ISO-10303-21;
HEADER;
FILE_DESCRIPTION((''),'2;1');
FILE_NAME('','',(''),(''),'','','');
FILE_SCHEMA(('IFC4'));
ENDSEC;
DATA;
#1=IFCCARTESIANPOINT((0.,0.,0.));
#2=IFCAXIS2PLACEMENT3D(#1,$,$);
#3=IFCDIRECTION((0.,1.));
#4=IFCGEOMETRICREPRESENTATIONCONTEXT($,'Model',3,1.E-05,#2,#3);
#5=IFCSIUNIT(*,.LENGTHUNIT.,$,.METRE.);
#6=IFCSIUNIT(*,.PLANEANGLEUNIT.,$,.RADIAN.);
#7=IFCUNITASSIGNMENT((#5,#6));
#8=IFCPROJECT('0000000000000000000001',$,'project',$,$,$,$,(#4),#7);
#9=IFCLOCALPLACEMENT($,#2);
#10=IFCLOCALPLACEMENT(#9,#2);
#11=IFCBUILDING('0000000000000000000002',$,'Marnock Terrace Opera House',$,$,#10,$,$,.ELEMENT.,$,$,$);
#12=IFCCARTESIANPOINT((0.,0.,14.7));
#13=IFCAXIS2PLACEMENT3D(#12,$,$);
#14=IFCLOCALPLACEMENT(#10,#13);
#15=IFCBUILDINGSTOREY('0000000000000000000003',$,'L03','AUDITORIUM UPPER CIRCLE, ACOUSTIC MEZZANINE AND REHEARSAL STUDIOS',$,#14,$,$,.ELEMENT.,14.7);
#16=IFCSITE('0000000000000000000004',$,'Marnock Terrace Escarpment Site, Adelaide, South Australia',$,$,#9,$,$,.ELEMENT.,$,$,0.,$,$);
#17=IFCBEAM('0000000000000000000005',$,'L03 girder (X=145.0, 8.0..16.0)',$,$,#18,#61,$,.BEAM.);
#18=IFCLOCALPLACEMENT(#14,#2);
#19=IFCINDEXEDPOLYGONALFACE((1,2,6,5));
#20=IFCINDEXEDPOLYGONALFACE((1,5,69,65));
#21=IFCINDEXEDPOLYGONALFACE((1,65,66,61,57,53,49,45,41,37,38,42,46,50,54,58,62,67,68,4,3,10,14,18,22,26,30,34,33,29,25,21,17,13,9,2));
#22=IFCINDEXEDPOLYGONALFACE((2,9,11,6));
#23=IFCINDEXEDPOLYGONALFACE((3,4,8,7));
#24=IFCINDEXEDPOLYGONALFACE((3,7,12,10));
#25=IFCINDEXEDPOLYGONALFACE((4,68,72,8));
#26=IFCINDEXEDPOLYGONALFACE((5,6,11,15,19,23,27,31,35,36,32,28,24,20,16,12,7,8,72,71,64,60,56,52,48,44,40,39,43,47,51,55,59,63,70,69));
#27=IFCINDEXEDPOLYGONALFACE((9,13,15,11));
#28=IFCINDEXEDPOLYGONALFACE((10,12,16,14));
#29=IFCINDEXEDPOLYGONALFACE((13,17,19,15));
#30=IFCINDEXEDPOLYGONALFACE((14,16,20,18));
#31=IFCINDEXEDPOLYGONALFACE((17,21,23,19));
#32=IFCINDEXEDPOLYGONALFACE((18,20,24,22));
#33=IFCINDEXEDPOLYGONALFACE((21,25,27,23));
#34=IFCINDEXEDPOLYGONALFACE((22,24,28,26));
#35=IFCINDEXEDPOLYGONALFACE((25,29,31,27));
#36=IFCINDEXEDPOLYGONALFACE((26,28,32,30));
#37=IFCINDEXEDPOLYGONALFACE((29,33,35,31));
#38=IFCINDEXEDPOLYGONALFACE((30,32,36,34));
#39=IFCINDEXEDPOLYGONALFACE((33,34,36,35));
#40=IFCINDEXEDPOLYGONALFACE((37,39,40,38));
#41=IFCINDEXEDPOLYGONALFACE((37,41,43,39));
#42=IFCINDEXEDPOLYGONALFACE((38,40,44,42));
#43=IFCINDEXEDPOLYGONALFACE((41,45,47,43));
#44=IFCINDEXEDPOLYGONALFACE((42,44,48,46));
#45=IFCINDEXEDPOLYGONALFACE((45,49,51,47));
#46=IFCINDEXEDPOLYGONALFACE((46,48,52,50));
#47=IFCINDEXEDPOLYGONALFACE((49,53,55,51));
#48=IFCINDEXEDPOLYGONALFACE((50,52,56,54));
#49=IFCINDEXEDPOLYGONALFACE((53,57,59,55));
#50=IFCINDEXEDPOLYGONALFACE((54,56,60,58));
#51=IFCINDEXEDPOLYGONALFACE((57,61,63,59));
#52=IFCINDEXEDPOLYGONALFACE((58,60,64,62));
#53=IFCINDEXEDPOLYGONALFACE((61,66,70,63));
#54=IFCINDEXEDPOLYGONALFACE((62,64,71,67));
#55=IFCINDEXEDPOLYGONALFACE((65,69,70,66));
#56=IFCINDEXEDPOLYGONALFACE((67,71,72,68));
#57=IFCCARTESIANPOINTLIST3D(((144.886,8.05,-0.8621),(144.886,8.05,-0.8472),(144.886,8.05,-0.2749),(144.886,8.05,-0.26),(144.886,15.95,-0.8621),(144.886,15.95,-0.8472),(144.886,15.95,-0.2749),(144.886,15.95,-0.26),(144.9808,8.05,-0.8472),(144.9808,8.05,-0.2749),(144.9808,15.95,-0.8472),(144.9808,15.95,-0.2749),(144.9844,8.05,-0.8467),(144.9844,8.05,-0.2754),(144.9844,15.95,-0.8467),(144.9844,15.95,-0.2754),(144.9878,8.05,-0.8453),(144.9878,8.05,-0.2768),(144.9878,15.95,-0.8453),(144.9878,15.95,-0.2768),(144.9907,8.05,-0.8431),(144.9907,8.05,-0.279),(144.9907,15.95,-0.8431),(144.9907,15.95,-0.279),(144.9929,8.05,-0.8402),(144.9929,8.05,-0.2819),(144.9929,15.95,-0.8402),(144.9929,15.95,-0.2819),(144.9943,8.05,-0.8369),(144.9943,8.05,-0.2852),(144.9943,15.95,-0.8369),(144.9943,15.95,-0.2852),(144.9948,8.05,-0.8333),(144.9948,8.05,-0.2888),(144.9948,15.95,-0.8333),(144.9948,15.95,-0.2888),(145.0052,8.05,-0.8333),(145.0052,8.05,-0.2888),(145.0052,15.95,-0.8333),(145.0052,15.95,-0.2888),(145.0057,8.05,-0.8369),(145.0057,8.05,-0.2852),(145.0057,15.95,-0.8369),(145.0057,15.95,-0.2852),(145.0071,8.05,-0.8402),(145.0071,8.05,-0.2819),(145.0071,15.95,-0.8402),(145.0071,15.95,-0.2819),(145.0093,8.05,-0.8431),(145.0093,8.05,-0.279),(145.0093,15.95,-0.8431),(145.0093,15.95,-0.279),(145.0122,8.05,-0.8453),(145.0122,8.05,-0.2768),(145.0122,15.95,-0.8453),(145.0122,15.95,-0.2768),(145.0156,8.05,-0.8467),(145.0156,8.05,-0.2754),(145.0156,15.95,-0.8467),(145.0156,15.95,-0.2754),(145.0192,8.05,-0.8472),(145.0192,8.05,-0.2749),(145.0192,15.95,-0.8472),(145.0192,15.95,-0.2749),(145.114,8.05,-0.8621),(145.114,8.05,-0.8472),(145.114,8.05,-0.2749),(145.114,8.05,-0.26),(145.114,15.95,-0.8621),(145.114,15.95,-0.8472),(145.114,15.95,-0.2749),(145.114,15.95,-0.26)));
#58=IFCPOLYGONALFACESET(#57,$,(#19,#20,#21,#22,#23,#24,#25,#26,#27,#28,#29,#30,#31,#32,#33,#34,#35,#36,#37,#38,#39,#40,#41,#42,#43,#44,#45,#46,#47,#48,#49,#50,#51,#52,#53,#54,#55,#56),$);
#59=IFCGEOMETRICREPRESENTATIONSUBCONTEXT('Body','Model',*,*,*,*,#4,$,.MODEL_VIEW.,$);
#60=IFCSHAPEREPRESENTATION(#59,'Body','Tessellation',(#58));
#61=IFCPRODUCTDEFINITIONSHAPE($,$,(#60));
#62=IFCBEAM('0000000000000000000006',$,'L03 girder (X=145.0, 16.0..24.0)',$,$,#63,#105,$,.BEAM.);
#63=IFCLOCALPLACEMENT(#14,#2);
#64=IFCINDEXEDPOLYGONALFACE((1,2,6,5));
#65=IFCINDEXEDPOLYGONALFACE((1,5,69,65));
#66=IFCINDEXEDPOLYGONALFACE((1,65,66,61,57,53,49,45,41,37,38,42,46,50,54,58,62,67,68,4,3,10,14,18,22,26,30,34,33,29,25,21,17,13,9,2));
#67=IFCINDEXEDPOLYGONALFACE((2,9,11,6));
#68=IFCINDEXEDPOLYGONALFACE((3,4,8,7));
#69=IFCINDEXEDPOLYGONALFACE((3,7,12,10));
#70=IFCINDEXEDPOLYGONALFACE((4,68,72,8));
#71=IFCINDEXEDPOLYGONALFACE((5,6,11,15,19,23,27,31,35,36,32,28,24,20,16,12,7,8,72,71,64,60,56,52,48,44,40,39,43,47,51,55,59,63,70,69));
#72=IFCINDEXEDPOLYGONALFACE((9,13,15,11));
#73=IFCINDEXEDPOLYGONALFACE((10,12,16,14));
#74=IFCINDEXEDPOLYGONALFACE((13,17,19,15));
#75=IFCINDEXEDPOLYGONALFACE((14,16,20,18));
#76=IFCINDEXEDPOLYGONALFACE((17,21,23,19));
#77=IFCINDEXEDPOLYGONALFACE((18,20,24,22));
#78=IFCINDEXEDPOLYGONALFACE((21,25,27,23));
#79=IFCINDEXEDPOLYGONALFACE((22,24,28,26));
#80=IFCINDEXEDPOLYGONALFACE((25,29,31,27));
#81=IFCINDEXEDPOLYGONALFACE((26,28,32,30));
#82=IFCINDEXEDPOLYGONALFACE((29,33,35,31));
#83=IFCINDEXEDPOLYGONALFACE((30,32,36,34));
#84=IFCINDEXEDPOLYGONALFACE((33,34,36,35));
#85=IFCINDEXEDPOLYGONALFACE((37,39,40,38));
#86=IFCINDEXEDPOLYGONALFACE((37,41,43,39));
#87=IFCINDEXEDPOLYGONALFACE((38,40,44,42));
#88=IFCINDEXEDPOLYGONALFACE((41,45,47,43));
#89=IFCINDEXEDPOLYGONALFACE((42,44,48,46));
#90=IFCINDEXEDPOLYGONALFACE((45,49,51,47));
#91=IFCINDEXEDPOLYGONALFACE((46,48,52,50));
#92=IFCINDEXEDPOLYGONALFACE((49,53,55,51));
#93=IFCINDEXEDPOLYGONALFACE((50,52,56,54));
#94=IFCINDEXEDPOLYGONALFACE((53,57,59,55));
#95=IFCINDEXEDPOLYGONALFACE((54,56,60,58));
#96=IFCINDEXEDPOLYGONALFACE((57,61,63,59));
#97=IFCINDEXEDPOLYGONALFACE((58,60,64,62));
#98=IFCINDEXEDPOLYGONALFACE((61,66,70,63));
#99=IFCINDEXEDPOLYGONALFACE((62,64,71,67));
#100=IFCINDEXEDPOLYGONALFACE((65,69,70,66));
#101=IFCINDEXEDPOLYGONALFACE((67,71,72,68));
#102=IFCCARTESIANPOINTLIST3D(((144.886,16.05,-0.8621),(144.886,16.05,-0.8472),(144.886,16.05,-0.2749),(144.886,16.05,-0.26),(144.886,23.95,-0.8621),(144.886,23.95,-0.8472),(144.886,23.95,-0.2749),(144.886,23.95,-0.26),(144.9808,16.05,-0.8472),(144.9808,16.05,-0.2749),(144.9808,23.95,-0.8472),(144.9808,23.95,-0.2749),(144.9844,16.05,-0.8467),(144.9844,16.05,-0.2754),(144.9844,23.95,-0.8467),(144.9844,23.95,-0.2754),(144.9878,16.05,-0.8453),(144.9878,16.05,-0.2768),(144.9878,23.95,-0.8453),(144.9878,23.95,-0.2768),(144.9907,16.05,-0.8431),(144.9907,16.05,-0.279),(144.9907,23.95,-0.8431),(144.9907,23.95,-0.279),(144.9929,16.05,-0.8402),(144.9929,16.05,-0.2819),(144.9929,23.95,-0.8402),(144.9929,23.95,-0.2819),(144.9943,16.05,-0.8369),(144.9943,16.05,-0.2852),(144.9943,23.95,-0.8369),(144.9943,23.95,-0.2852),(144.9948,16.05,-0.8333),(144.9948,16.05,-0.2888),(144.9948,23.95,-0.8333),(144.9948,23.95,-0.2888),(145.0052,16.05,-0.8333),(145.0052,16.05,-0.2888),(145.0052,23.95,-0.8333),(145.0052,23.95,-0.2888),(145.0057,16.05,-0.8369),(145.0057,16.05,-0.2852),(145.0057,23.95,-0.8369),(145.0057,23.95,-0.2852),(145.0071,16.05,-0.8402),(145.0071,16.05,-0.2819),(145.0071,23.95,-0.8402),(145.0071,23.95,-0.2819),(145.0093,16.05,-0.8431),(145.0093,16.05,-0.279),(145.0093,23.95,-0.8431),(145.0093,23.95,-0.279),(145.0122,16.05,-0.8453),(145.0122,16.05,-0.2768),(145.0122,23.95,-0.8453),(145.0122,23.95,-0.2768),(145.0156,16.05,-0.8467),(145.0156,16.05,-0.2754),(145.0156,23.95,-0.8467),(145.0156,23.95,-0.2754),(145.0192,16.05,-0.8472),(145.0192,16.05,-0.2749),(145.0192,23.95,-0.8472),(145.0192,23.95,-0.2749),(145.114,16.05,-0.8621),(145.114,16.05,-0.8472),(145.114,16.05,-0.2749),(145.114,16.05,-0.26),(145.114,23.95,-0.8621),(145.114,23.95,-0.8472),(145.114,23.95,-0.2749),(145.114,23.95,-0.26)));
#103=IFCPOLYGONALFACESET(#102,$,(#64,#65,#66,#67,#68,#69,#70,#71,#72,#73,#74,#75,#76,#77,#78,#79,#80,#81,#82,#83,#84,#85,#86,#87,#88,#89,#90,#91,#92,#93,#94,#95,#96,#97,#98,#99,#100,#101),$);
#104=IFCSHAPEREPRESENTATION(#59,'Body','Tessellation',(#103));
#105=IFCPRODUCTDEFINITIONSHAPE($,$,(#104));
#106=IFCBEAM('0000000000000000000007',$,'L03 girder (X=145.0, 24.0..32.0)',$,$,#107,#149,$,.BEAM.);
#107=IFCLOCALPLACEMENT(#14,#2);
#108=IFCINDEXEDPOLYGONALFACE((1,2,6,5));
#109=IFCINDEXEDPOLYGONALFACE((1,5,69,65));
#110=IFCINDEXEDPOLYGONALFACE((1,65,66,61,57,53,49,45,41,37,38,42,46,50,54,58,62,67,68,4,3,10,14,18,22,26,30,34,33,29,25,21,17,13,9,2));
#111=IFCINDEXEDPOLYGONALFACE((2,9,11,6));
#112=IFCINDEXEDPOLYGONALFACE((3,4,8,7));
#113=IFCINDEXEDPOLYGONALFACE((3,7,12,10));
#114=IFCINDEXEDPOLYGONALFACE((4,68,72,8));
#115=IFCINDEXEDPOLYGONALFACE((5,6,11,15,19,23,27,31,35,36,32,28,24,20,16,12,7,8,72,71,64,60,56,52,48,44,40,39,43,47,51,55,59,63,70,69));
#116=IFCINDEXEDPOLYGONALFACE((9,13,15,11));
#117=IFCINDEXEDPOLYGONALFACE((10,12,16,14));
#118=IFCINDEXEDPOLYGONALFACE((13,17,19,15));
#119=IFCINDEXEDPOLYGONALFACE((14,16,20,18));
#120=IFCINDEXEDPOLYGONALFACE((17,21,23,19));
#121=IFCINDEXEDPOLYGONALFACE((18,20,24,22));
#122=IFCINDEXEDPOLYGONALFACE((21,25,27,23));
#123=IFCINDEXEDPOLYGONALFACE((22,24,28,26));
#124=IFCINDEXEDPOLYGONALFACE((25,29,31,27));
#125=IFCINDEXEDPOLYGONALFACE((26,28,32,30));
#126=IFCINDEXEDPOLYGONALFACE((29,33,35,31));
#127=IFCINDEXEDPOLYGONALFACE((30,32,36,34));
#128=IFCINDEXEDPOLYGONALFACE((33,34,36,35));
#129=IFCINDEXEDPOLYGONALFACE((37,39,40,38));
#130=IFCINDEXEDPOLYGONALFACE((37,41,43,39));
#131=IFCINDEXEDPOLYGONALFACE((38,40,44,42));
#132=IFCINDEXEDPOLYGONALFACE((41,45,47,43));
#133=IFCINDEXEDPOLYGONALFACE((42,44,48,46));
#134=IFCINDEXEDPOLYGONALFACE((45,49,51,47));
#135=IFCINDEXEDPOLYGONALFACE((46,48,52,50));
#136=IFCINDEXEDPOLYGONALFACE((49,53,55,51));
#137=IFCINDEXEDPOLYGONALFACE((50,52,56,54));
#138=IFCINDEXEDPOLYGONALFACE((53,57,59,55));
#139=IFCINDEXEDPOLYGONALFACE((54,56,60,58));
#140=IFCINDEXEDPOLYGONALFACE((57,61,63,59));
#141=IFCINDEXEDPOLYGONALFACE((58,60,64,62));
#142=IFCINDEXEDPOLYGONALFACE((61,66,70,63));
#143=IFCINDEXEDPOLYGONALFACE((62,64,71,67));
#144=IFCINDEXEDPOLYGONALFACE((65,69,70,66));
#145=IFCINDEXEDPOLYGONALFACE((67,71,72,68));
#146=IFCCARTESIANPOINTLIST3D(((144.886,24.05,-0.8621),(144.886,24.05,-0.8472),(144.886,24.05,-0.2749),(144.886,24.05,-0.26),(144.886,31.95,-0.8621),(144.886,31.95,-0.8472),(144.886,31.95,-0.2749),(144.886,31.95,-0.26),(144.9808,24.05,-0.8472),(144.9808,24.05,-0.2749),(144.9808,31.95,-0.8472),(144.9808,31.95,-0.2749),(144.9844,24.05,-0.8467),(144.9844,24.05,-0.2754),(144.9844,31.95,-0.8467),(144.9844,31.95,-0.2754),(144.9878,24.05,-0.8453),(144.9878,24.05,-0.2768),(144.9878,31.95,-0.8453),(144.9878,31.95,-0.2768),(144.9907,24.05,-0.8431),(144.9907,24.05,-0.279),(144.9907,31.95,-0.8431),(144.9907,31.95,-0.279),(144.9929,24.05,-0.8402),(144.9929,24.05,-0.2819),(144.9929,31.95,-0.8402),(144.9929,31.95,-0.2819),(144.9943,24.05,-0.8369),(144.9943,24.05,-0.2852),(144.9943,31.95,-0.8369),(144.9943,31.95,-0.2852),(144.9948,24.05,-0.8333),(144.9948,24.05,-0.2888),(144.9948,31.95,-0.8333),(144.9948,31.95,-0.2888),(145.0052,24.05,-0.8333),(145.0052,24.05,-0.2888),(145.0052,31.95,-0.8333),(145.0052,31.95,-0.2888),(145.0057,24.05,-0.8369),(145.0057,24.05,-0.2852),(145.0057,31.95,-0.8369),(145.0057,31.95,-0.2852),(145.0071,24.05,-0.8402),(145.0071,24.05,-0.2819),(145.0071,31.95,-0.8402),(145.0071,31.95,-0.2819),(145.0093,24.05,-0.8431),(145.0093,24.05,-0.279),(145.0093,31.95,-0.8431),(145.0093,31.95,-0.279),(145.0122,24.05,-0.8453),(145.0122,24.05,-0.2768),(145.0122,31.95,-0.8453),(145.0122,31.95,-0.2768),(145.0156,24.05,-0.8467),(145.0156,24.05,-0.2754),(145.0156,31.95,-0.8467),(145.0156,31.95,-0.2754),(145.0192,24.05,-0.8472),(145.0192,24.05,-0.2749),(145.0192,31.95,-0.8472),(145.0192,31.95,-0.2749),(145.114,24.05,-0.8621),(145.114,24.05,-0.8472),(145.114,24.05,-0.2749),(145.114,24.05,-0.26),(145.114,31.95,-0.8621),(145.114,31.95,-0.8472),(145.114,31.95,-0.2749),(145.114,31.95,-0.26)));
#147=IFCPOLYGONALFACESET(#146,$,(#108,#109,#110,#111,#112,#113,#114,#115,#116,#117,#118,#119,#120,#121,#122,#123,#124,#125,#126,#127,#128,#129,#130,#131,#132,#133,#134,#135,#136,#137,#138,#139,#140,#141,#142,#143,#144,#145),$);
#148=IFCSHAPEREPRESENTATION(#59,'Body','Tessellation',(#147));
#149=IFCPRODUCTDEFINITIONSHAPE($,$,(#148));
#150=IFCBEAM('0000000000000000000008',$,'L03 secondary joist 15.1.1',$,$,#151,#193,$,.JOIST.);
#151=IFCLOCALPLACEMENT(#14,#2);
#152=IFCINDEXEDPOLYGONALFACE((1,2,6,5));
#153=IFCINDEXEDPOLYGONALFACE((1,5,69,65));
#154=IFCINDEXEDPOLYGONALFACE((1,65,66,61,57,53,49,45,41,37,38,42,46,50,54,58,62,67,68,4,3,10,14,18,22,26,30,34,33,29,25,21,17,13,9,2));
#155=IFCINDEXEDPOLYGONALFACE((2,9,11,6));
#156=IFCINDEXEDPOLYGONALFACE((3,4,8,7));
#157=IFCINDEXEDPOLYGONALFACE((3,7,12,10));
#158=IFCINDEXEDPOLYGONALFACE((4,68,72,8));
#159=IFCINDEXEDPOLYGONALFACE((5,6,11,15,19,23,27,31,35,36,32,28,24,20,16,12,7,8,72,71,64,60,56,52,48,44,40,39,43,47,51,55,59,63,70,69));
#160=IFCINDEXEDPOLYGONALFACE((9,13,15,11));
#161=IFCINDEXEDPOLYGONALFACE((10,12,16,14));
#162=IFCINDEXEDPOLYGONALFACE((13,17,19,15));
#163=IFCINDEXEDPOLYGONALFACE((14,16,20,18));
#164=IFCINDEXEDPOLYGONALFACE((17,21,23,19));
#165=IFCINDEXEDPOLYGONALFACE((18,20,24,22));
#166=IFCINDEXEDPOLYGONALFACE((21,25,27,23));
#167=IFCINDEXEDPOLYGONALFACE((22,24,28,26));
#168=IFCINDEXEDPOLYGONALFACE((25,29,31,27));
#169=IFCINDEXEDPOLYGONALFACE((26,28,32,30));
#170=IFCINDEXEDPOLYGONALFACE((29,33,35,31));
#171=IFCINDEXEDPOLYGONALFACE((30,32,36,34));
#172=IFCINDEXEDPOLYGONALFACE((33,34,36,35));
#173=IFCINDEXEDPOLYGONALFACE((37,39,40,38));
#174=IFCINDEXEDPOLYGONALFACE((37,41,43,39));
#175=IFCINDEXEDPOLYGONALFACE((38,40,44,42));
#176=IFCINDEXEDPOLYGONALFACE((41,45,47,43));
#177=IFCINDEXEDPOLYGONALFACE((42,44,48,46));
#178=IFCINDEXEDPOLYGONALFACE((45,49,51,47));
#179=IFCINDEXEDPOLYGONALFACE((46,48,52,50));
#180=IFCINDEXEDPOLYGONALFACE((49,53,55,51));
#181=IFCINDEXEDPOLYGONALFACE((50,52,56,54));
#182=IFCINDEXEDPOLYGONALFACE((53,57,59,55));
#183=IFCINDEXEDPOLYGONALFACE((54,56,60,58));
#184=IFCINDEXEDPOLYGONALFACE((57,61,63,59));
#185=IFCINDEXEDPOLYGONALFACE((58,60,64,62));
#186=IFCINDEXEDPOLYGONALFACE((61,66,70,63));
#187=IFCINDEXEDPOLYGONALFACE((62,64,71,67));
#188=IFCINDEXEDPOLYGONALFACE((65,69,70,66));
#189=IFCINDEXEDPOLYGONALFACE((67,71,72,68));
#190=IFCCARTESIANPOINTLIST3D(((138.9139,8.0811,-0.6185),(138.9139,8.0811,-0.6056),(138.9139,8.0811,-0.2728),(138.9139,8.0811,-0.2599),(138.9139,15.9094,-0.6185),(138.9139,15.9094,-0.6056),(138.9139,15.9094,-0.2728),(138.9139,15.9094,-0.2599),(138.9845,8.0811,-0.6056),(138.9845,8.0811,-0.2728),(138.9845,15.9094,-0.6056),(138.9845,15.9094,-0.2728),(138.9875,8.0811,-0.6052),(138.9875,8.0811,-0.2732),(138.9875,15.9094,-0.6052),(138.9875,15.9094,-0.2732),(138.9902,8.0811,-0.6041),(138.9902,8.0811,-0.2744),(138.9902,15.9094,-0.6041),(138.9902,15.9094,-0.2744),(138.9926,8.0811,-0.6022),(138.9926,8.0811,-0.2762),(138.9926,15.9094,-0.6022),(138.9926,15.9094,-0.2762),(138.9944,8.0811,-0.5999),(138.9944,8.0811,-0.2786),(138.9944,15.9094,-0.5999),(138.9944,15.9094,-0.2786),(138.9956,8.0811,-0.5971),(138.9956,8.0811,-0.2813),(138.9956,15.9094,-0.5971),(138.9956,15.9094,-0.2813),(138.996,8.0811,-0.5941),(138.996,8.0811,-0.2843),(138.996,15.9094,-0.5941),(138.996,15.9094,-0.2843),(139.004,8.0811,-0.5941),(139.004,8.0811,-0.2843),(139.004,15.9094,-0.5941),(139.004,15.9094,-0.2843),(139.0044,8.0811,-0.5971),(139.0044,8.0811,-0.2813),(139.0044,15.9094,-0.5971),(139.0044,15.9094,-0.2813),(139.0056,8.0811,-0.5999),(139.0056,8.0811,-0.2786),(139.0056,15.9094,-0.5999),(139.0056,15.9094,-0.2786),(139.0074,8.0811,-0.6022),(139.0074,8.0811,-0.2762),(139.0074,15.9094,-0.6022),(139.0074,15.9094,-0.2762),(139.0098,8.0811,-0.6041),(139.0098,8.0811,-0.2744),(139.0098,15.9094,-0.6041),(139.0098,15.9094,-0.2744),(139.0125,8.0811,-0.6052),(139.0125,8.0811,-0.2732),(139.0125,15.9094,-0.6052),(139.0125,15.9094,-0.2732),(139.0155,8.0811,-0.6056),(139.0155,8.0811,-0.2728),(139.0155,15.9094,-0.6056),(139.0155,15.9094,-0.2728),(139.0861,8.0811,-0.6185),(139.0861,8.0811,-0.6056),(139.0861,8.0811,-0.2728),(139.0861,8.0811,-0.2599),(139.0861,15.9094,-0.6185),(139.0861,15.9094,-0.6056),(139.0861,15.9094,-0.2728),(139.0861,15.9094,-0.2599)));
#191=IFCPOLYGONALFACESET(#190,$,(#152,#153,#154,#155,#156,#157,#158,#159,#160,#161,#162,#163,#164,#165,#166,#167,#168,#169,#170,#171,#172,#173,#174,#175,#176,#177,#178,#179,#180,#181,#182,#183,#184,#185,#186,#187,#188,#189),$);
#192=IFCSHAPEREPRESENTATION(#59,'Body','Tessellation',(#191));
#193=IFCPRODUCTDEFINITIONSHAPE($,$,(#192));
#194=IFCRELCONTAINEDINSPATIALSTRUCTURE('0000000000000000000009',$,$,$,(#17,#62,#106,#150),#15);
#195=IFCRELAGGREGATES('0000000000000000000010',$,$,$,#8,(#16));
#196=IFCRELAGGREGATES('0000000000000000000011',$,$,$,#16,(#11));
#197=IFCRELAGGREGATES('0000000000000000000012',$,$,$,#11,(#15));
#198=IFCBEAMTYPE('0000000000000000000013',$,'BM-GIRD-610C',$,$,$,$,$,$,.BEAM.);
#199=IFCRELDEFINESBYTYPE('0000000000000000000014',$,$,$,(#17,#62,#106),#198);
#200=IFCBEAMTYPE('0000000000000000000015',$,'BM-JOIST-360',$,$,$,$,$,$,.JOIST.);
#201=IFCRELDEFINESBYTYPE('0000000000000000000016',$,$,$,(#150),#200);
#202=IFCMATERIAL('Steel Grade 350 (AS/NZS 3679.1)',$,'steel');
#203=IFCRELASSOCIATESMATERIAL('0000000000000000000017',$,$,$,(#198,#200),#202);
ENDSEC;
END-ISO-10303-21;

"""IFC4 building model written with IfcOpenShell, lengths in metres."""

from ifc_helpers import new_model, si_unit, direction, frame, origin, origin_2d, place, context, subcontext, project, spatial, i_section, extrude, material, material_profile, profile_set, type_object, element, save


model = new_model("IFC4")

# Units and contexts
model_context = context("Model", 3, precision=1e-05, world=origin(), true_north=direction((0.0, 1.0)))
body_context = subcontext(model_context, "Body", "Model", "MODEL_VIEW")
ifc_project = project(units=[si_unit("LENGTHUNIT", "METRE"), si_unit("PLANEANGLEUNIT", "RADIAN")], contexts=[model_context])

# Site, building, storey
site_placement = place(None, origin())
site = spatial("IfcSite", under=ifc_project, at=site_placement, Name="Marnock Terrace Escarpment Site, Adelaide, South Australia", CompositionType="ELEMENT", RefElevation=0.0)
building_placement = place(site_placement, origin())
building = spatial("IfcBuilding", under=site, at=building_placement, Name="Marnock Terrace Opera House", CompositionType="ELEMENT")
storey_placement = place(building_placement, frame((0.0, 0.0, 14.7)))
storey = spatial("IfcBuildingStorey", under=building, at=storey_placement, Name="L03", Description="AUDITORIUM UPPER CIRCLE, ACOUSTIC MEZZANINE AND REHEARSAL STUDIOS", CompositionType="ELEMENT", Elevation=14.7)

# Beams
ifc_material_1 = material(Name="Steel Grade 350 (AS/NZS 3679.1)", Category="steel")
ifc_material_profile_1 = material_profile(ifc_material_1, i_section(OverallWidth=0.228, OverallDepth=0.6021, WebThickness=0.0105, FlangeThickness=0.0149, FilletRadius=0.0139, at=origin_2d()))
ifc_profile_set_1 = profile_set([ifc_material_profile_1], Name="Steel Grade 350 (AS/NZS 3679.1)")
beam_type_1 = type_object("IfcBeamType", Name="BM-GIRD-610C", PredefinedType="BEAM", material=ifc_profile_set_1)
for number, where, z_axis, x_axis, name in (
    (1, (145.0, 8.05, -0.561), (0.0, 1.0, 0.0), (-1.0, 0.0, 0.0), "L03 girder (X=145.0, 8.0..16.0)"),
    (2, (145.0, 16.05, -0.561), (0.0, 1.0, 0.0), (-1.0, 0.0, 0.0), "L03 girder (X=145.0, 16.0..24.0)"),
    (3, (145.0, 24.05, -0.561), (0.0, 1.0, 0.0), (-1.0, 0.0, 0.0), "L03 girder (X=145.0, 24.0..32.0)"),
):
    element("IfcBeam", number, at=place(storey_placement, frame(where, z_axis=z_axis, x_axis=x_axis)), inside=storey, type_object=beam_type_1, Name=name, PredefinedType="BEAM", context=body_context, shape_type="SweptSolid", body=[
        extrude(i_section(OverallWidth=0.228, OverallDepth=0.6021, WebThickness=0.0105, FlangeThickness=0.0149, FilletRadius=0.0139, at=origin_2d()), origin(), (0.0, 0.0, 1.0), 7.8999),
    ])
ifc_material_profile_2 = material_profile(ifc_material_1, i_section(OverallWidth=0.1721, OverallDepth=0.3586, WebThickness=0.0081, FlangeThickness=0.0129, FilletRadius=0.0115, at=origin_2d()))
ifc_profile_set_2 = profile_set([ifc_material_profile_2], Name="Steel Grade 350 (AS/NZS 3679.1)")
beam_type_2 = type_object("IfcBeamType", Name="BM-JOIST-360", PredefinedType="JOIST", material=ifc_profile_set_2)
for number, where, z_axis, x_axis, name in (
    (4, (139.0, 8.0811, -0.4392), (0.0, 1.0, 0.0), (-1.0, 0.0, 0.0), "L03 secondary joist 15.1.1"),
):
    element("IfcBeam", number, at=place(storey_placement, frame(where, z_axis=z_axis, x_axis=x_axis)), inside=storey, type_object=beam_type_2, Name=name, PredefinedType="JOIST", context=body_context, shape_type="SweptSolid", body=[
        extrude(i_section(OverallWidth=0.1721, OverallDepth=0.3586, WebThickness=0.0081, FlangeThickness=0.0129, FilletRadius=0.0115, at=origin_2d()), origin(), (0.0, 0.0, 1.0), 7.8284),
    ])

save(model, "model.ifc")
